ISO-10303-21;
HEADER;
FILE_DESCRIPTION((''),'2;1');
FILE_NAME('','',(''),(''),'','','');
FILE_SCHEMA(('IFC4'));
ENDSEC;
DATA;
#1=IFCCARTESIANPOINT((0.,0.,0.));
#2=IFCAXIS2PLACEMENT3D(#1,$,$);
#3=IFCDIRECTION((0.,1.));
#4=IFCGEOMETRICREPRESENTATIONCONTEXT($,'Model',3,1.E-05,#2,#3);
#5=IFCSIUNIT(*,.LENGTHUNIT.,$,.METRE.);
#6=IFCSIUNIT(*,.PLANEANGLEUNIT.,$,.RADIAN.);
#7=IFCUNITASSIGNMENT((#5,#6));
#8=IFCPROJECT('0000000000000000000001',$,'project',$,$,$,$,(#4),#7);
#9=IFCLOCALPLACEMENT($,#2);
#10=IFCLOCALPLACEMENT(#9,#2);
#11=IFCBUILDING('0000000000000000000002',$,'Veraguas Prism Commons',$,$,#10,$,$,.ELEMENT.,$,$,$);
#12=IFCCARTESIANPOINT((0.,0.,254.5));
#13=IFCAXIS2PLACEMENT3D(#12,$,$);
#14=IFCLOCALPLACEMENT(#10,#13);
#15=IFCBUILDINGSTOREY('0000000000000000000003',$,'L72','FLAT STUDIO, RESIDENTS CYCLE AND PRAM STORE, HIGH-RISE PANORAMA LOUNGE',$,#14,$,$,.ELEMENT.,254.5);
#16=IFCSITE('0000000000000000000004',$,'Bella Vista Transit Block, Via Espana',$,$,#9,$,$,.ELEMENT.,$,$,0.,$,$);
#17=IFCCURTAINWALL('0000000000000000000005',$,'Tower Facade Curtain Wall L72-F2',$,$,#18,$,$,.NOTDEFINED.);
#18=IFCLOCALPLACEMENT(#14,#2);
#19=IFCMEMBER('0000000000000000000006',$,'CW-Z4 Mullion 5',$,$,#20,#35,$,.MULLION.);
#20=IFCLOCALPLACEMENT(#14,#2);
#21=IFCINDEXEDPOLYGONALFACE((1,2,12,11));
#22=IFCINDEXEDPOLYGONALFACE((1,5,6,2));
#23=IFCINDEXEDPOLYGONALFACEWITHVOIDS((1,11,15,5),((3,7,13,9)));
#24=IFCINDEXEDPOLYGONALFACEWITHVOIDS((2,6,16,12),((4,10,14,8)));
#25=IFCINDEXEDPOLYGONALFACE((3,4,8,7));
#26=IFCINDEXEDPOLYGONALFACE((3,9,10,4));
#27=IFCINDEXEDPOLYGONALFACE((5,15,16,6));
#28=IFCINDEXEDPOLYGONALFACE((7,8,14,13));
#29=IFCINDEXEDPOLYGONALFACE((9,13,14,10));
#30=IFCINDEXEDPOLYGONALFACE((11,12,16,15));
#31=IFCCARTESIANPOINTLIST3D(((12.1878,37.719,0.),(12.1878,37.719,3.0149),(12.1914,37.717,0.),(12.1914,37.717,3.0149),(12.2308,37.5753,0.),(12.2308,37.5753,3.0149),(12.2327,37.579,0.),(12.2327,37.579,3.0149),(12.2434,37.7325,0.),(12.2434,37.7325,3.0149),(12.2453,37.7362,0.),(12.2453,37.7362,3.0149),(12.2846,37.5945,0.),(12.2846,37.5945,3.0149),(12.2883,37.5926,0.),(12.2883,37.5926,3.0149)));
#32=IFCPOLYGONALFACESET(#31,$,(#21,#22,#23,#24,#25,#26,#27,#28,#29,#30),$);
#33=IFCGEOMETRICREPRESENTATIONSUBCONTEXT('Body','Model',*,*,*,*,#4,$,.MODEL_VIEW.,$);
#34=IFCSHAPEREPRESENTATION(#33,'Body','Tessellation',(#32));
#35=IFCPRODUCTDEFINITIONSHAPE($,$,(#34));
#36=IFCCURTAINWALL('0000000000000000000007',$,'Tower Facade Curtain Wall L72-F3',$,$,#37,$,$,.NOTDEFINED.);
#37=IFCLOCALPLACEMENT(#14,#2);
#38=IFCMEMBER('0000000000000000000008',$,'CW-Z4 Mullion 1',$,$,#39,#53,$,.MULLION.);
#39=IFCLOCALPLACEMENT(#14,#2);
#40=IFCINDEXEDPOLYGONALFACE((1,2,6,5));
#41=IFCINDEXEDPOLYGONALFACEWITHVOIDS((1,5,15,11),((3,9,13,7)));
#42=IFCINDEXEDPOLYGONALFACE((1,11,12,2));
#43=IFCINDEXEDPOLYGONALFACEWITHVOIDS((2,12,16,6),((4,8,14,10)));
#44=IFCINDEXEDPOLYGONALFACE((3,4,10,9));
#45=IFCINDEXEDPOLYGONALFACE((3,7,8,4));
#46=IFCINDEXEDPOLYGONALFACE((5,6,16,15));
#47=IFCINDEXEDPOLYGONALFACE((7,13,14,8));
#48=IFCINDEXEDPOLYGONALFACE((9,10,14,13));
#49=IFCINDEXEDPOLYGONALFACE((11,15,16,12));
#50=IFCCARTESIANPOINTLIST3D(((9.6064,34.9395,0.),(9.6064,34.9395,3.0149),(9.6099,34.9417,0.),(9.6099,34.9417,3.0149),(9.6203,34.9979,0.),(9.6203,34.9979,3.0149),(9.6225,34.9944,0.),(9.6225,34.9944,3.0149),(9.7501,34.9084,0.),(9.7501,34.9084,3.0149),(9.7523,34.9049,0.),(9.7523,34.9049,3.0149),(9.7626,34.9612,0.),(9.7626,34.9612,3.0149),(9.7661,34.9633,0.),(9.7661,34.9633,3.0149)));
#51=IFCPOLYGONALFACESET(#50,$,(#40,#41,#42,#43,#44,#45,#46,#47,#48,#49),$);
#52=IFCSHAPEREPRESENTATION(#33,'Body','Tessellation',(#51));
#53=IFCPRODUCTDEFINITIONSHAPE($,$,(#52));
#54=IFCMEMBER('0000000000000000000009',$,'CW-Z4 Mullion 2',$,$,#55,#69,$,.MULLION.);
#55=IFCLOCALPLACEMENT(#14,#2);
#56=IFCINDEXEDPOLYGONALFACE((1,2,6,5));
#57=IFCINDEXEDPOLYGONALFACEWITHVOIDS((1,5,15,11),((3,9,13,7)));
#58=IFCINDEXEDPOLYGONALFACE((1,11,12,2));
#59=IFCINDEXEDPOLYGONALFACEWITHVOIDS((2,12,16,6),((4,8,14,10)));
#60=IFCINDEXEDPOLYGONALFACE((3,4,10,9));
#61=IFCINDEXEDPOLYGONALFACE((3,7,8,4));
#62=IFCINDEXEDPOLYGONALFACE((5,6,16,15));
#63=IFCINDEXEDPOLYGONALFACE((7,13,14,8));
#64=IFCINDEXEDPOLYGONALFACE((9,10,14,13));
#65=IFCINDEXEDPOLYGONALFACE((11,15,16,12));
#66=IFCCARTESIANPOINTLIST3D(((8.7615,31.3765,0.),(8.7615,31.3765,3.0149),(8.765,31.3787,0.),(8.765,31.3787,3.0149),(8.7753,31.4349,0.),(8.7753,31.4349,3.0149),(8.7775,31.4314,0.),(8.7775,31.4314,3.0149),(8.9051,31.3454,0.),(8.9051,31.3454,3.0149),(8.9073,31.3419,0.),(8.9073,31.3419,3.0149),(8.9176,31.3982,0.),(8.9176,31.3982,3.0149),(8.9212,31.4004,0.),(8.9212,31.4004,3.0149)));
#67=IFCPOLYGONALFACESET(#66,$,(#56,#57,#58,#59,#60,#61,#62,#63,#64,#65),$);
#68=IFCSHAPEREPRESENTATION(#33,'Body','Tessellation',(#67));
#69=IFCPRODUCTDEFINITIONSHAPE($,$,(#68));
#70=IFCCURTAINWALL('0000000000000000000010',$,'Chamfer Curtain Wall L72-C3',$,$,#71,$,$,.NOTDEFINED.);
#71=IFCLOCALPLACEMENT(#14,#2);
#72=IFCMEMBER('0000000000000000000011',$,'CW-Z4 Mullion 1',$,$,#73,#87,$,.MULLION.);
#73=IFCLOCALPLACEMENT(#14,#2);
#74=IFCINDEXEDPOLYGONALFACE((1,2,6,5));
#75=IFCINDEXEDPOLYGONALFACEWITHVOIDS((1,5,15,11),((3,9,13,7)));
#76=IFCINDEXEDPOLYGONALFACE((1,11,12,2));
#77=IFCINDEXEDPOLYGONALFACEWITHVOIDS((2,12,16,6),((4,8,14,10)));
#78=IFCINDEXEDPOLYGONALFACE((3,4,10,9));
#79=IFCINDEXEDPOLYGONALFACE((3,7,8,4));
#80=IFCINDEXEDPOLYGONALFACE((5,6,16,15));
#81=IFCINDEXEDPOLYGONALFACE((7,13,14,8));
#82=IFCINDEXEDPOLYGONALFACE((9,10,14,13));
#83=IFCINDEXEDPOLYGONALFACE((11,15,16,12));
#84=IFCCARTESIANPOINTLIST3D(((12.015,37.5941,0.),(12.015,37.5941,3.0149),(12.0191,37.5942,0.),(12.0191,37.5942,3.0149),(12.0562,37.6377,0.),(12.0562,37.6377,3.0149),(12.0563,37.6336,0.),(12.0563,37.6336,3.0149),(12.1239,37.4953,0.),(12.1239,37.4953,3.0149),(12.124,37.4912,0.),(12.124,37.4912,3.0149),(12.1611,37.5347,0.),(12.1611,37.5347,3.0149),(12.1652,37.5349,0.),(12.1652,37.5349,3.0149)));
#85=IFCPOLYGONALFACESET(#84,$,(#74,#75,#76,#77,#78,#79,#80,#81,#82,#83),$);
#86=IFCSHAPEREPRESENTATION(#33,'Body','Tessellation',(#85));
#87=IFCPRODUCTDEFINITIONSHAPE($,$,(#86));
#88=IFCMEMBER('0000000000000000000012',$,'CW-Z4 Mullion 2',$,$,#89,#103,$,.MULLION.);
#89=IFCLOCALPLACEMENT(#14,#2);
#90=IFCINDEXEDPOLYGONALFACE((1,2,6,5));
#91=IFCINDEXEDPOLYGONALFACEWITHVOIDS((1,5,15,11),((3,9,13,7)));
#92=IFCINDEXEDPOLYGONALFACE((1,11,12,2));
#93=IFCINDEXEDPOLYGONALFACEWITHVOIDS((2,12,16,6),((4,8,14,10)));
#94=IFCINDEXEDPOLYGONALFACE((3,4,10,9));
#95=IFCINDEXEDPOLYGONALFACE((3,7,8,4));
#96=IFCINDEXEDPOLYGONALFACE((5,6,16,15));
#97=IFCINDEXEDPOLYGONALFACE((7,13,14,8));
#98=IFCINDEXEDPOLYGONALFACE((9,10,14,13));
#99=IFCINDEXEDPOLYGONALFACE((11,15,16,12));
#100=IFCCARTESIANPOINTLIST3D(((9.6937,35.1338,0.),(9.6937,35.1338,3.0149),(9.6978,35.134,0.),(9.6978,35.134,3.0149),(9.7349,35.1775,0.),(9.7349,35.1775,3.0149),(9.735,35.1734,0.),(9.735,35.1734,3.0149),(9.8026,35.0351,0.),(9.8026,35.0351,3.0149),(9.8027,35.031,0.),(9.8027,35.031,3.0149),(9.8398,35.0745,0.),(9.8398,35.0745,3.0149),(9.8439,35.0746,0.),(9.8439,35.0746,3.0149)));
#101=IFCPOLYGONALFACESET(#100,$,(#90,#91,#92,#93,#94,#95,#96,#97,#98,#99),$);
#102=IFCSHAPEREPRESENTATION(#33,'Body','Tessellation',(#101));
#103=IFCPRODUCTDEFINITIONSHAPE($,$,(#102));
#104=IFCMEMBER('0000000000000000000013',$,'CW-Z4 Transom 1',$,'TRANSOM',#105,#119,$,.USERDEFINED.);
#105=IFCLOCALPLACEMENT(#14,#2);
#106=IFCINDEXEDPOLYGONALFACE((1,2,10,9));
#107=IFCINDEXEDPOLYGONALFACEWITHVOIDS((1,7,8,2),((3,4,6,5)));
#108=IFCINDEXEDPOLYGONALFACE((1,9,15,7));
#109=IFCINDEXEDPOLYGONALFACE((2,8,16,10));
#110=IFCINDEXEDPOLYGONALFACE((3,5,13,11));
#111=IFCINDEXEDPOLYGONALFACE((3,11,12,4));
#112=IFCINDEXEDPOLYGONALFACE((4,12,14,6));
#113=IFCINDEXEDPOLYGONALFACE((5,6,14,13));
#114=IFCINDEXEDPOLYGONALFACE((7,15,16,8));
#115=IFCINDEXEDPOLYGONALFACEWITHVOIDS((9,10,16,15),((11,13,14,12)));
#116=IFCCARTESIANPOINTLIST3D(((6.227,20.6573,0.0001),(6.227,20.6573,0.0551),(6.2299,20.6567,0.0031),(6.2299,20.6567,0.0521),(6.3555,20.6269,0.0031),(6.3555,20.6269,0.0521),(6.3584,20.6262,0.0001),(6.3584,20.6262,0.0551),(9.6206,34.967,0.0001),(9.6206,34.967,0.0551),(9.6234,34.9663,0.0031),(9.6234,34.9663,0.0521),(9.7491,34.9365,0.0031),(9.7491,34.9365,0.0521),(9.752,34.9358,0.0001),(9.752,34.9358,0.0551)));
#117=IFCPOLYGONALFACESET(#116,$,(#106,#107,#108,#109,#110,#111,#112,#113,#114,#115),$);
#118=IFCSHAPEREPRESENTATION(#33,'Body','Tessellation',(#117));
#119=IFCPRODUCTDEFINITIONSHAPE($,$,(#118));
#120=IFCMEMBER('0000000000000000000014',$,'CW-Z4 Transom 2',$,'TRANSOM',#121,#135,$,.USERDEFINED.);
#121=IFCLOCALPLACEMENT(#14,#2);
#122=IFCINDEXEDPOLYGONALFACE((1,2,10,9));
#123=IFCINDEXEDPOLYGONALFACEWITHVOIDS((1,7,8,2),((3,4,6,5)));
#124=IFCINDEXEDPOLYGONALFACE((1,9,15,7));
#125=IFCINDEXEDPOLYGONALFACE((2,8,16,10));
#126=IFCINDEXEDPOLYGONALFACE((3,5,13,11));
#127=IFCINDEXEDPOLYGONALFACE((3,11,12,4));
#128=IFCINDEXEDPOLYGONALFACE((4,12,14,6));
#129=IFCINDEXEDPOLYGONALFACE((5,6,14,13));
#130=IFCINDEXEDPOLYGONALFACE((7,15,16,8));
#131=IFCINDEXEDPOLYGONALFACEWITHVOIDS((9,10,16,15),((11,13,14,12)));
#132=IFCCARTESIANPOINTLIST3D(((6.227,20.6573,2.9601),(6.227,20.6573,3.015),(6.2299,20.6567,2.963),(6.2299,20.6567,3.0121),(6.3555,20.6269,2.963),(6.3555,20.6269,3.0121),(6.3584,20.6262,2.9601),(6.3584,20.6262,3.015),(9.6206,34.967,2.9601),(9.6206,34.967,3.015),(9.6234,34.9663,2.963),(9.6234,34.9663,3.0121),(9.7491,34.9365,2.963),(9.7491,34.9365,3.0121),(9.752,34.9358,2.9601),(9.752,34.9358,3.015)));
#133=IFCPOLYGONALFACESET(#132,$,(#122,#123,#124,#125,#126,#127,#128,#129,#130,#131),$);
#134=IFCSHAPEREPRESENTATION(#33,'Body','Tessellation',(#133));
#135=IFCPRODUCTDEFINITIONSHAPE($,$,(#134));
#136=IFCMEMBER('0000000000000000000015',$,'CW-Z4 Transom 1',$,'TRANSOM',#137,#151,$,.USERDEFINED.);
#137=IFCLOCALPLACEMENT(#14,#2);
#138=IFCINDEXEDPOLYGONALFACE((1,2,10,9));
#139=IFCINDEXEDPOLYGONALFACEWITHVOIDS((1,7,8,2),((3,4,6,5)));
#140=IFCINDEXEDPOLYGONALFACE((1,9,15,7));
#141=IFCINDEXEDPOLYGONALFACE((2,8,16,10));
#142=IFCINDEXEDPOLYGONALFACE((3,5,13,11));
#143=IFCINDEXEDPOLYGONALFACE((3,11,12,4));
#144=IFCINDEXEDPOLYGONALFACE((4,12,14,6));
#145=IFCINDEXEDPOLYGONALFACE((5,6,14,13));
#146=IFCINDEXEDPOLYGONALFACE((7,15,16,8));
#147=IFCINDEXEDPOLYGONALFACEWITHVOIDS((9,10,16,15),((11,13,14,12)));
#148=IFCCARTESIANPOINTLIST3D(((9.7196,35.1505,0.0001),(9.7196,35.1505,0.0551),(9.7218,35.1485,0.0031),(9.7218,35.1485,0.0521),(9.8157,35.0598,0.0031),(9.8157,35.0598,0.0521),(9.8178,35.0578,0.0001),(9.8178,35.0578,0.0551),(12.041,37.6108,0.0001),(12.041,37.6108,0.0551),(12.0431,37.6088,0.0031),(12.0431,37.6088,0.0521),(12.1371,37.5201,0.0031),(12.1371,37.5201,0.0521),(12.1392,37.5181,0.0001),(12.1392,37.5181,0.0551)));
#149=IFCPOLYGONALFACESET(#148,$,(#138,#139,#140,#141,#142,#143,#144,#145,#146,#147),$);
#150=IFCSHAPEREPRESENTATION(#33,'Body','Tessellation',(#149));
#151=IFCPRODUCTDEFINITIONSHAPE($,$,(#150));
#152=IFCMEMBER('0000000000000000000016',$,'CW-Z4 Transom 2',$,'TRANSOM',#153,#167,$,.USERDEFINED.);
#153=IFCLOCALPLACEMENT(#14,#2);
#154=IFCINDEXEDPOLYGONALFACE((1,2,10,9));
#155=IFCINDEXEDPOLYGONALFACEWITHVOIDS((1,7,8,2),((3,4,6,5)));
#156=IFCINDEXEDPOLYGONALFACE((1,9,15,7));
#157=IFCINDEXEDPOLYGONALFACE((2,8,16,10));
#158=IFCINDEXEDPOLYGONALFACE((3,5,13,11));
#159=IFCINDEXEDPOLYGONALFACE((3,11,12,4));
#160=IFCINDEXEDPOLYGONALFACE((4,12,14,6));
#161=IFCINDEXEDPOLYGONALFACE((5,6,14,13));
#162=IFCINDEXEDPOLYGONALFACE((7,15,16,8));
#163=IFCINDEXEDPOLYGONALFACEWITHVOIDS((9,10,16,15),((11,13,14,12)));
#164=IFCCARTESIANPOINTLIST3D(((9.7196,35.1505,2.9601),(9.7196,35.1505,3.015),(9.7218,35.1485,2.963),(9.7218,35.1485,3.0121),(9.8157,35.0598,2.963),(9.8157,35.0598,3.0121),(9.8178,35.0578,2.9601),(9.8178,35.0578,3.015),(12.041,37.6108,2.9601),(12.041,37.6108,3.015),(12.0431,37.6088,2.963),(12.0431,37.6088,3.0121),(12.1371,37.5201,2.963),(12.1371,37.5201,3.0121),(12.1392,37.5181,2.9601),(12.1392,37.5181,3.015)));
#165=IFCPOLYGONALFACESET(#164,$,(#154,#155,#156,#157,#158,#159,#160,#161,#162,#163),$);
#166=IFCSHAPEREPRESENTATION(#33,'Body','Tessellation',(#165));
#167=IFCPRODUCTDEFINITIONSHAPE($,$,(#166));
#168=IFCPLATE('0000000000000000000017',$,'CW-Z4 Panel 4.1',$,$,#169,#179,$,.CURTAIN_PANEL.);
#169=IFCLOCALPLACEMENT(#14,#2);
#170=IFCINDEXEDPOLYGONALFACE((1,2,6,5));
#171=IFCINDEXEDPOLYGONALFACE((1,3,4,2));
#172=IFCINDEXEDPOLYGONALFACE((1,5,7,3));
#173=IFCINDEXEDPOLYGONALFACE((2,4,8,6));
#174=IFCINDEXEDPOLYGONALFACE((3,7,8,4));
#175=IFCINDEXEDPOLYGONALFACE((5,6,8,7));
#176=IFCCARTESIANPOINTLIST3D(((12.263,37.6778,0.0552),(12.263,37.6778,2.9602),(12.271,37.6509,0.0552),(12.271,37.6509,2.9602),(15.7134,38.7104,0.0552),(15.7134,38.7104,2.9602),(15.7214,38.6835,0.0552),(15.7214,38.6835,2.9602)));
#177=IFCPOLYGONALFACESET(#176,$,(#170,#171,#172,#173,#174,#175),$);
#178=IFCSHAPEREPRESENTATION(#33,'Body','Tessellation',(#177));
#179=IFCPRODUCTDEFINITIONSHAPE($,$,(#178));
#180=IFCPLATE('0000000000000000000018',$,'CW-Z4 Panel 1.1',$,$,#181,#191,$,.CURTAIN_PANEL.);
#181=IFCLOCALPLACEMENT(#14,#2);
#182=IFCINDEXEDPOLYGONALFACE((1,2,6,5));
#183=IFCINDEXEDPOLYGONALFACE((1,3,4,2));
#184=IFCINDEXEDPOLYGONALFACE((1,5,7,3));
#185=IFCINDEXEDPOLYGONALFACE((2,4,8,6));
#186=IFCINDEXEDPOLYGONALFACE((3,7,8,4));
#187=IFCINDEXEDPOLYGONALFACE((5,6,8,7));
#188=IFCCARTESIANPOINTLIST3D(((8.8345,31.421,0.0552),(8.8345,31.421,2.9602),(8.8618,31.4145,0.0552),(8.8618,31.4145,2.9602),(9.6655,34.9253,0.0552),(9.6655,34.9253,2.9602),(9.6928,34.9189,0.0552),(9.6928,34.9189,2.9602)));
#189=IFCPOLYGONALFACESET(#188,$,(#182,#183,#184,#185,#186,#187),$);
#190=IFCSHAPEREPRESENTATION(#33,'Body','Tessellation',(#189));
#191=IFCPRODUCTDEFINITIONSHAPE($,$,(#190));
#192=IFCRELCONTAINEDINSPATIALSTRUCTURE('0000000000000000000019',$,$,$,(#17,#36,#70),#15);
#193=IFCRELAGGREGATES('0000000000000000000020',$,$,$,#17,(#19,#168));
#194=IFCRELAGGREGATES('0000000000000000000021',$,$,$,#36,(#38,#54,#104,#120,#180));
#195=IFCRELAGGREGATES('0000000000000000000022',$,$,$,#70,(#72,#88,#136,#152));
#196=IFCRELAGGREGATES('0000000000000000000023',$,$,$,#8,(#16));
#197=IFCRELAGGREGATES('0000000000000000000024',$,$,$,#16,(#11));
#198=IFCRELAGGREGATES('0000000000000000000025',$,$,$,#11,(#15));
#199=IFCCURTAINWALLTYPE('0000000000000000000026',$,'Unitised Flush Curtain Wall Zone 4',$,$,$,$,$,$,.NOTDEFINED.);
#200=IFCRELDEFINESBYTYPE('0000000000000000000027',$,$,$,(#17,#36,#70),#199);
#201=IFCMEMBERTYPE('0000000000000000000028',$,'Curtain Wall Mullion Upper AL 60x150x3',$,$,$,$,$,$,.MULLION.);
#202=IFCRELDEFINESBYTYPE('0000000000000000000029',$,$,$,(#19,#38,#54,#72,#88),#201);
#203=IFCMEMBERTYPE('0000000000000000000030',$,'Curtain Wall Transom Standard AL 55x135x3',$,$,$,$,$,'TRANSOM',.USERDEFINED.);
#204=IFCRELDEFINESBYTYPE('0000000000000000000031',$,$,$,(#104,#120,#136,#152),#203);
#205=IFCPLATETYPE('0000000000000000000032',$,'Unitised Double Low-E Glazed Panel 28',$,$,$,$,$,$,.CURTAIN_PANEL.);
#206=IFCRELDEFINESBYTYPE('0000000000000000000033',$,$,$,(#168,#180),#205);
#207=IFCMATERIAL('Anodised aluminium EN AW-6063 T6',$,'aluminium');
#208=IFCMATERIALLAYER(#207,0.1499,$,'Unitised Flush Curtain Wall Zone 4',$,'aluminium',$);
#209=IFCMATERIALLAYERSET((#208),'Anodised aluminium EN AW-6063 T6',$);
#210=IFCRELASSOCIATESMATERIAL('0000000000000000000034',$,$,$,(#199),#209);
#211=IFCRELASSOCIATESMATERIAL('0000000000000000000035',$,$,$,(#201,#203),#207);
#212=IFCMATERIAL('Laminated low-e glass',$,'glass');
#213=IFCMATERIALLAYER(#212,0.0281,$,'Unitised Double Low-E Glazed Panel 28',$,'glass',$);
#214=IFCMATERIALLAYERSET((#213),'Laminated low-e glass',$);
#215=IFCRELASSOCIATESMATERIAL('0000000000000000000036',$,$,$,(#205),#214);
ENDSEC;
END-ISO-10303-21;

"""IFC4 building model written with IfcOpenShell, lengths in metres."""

from ifc_helpers import new_model, si_unit, direction, frame, origin, origin_2d, place, context, subcontext, project, spatial, rectangle, hollow_rectangle, extrude, source, transform, mapped, material, layer, layer_set, material_profile, profile_set, type_object, element, aggregate, save


model = new_model("IFC4")

# Units and contexts
model_context = context("Model", 3, precision=1e-05, world=origin(), true_north=direction((0.0, 1.0)))
body_context = subcontext(model_context, "Body", "Model", "MODEL_VIEW")
ifc_project = project(units=[si_unit("LENGTHUNIT", "METRE"), si_unit("PLANEANGLEUNIT", "RADIAN")], contexts=[model_context])

# Site, building, storey
site_placement = place(None, origin())
site = spatial("IfcSite", under=ifc_project, at=site_placement, Name="Bella Vista Transit Block, Via Espana", CompositionType="ELEMENT", RefElevation=0.0)
building_placement = place(site_placement, origin())
building = spatial("IfcBuilding", under=site, at=building_placement, Name="Veraguas Prism Commons", CompositionType="ELEMENT")
storey_placement = place(building_placement, frame((0.0, 0.0, 254.5)))
storey = spatial("IfcBuildingStorey", under=building, at=storey_placement, Name="L72", Description="FLAT STUDIO, RESIDENTS CYCLE AND PRAM STORE, HIGH-RISE PANORAMA LOUNGE", CompositionType="ELEMENT", Elevation=254.5)

# Curtain wall, member
ifc_material_1 = material(Name="Anodised aluminium EN AW-6063 T6", Category="aluminium")
ifc_layer_1 = layer(ifc_material_1, 0.1499, Name="Unitised Flush Curtain Wall Zone 4", Category="aluminium")
ifc_layer_set_1 = layer_set([ifc_layer_1], Name="Anodised aluminium EN AW-6063 T6")
curtain_wall_type = type_object("IfcCurtainWallType", Name="Unitised Flush Curtain Wall Zone 4", PredefinedType="NOTDEFINED", material=ifc_layer_set_1)
curtain_wall_1_placement = place(storey_placement, origin())
curtain_wall_1 = element("IfcCurtainWall", 1, at=curtain_wall_1_placement, inside=storey, type_object=curtain_wall_type, Name="Tower Facade Curtain Wall L72-F2", PredefinedType="NOTDEFINED")
ifc_material_profile_1 = material_profile(ifc_material_1, hollow_rectangle(XDim=0.0601, YDim=0.1499, WallThickness=0.0029, at=origin_2d()), Name="AL60X150X3")
ifc_profile_set_1 = profile_set([ifc_material_profile_1], Name="Anodised aluminium EN AW-6063 T6")
member_type_1 = type_object("IfcMemberType", Name="Curtain Wall Mullion Upper AL 60x150x3", PredefinedType="MULLION", material=ifc_profile_set_1)
shared_shape_1 = source(origin(), body_context, "Body", "SweptSolid", [
    extrude(hollow_rectangle(XDim=0.0601, YDim=0.1499, WallThickness=0.0029, at=origin_2d()), origin(), (0.0, 0.0, 1.0), 3.0149),
])
member_1_placement = place(storey_placement, frame((12.238, 37.6558, 0.0), z_axis=(0.0, 0.0, 1.0), x_axis=(-0.958023, -0.286692, 0.0)))
member_1 = element("IfcMember", 2, at=member_1_placement, type_object=member_type_1, Name="CW-Z4 Mullion 5", PredefinedType="MULLION", context=body_context, shape_type="MappedRepresentation", body=[
    mapped(shared_shape_1, transform((0.0, 0.0, 0.0), scale=1.0)),
])

# Curtain walls, members
curtain_wall_2_placement = place(storey_placement, origin())
curtain_wall_2 = element("IfcCurtainWall", 3, at=curtain_wall_2_placement, inside=storey, type_object=curtain_wall_type, Name="Tower Facade Curtain Wall L72-F3", PredefinedType="NOTDEFINED")
member_2_placement = place(storey_placement, frame((9.6863, 34.9514, 0.0), z_axis=(0.0, 0.0, 1.0), x_axis=(-0.230741, -0.973015, 0.0)))
member_2 = element("IfcMember", 4, at=member_2_placement, type_object=member_type_1, Name="CW-Z4 Mullion 1", PredefinedType="MULLION", context=body_context, shape_type="MappedRepresentation", body=[
    mapped(shared_shape_1, transform((0.0, 0.0, 0.0), scale=1.0)),
])
member_3_placement = place(storey_placement, frame((8.8413, 31.3884, 0.0), z_axis=(0.0, 0.0, 1.0), x_axis=(-0.230741, -0.973015, 0.0)))
member_3 = element("IfcMember", 5, at=member_3_placement, type_object=member_type_1, Name="CW-Z4 Mullion 2", PredefinedType="MULLION", context=body_context, shape_type="MappedRepresentation", body=[
    mapped(shared_shape_1, transform((0.0, 0.0, 0.0), scale=1.0)),
])
curtain_wall_3_placement = place(storey_placement, origin())
curtain_wall_3 = element("IfcCurtainWall", 6, at=curtain_wall_3_placement, inside=storey, type_object=curtain_wall_type, Name="Chamfer Curtain Wall L72-C3", PredefinedType="NOTDEFINED")
member_4_placement = place(storey_placement, frame((12.0901, 37.5645, 0.0), z_axis=(0.0, 0.0, 1.0), x_axis=(-0.686301, -0.727318, 0.0)))
member_4 = element("IfcMember", 7, at=member_4_placement, type_object=member_type_1, Name="CW-Z4 Mullion 1", PredefinedType="MULLION", context=body_context, shape_type="MappedRepresentation", body=[
    mapped(shared_shape_1, transform((0.0, 0.0, 0.0), scale=1.0)),
])
member_5_placement = place(storey_placement, frame((9.7688, 35.1042, 0.0), z_axis=(0.0, 0.0, 1.0), x_axis=(-0.686301, -0.727318, 0.0)))
member_5 = element("IfcMember", 8, at=member_5_placement, type_object=member_type_1, Name="CW-Z4 Mullion 2", PredefinedType="MULLION", context=body_context, shape_type="MappedRepresentation", body=[
    mapped(shared_shape_1, transform((0.0, 0.0, 0.0), scale=1.0)),
])

# Members
ifc_material_profile_2 = material_profile(ifc_material_1, hollow_rectangle(XDim=0.0549, YDim=0.135, WallThickness=0.0029, at=origin_2d()), Name="AL55X135X3")
ifc_profile_set_2 = profile_set([ifc_material_profile_2], Name="Anodised aluminium EN AW-6063 T6")
member_type_2 = type_object("IfcMemberType", Name="Curtain Wall Transom Standard AL 55x135x3", ElementType="TRANSOM", PredefinedType="USERDEFINED", material=ifc_profile_set_2)
shared_shape_2 = source(origin(), body_context, "Body", "SweptSolid", [
    extrude(hollow_rectangle(XDim=0.0549, YDim=0.135, WallThickness=0.0029, at=origin_2d()), origin(), (0.0, 0.0, 1.0), 14.7065),
])
member_6_placement = place(storey_placement, frame((9.6863, 34.9514, 0.0276), z_axis=(-0.230753, -0.973012, 0.0), x_axis=(0.0, 0.0, 1.0)))
member_6 = element("IfcMember", 9, at=member_6_placement, type_object=member_type_2, Name="CW-Z4 Transom 1", ObjectType="TRANSOM", PredefinedType="USERDEFINED", context=body_context, shape_type="MappedRepresentation", body=[
    mapped(shared_shape_2, transform((0.0, 0.0, 0.0), scale=1.0)),
])
member_7_placement = place(storey_placement, frame((9.6863, 34.9514, 2.9875), z_axis=(-0.230753, -0.973012, 0.0), x_axis=(0.0, 0.0, 1.0)))
member_7 = element("IfcMember", 10, at=member_7_placement, type_object=member_type_2, Name="CW-Z4 Transom 2", ObjectType="TRANSOM", PredefinedType="USERDEFINED", context=body_context, shape_type="MappedRepresentation", body=[
    mapped(shared_shape_2, transform((0.0, 0.0, 0.0), scale=1.0)),
])
shared_shape_3 = source(origin(), body_context, "Body", "SweptSolid", [
    extrude(hollow_rectangle(XDim=0.0549, YDim=0.135, WallThickness=0.0029, at=origin_2d()), origin(), (0.0, 0.0, 1.0), 3.3826),
])
member_8_placement = place(storey_placement, frame((12.0901, 37.5645, 0.0276), z_axis=(-0.686274, -0.727343, 0.0), x_axis=(0.0, 0.0, 1.0)))
member_8 = element("IfcMember", 11, at=member_8_placement, type_object=member_type_2, Name="CW-Z4 Transom 1", ObjectType="TRANSOM", PredefinedType="USERDEFINED", context=body_context, shape_type="MappedRepresentation", body=[
    mapped(shared_shape_3, transform((0.0, 0.0, 0.0), scale=1.0)),
])
member_9_placement = place(storey_placement, frame((12.0901, 37.5645, 2.9875), z_axis=(-0.686274, -0.727343, 0.0), x_axis=(0.0, 0.0, 1.0)))
member_9 = element("IfcMember", 12, at=member_9_placement, type_object=member_type_2, Name="CW-Z4 Transom 2", ObjectType="TRANSOM", PredefinedType="USERDEFINED", context=body_context, shape_type="MappedRepresentation", body=[
    mapped(shared_shape_3, transform((0.0, 0.0, 0.0), scale=1.0)),
])

# Plates
ifc_material_2 = material(Name="Laminated low-e glass", Category="glass")
ifc_layer_2 = layer(ifc_material_2, 0.0281, Name="Unitised Double Low-E Glazed Panel 28", Category="glass")
ifc_layer_set_2 = layer_set([ifc_layer_2], Name="Laminated low-e glass")
plate_type = type_object("IfcPlateType", Name="Unitised Double Low-E Glazed Panel 28", PredefinedType="CURTAIN_PANEL", material=ifc_layer_set_2)
shared_shape_4 = source(origin(), body_context, "Body", "SweptSolid", [
    extrude(rectangle(XDim=3.6016, YDim=0.0281, at=origin_2d()), origin(), (0.0, 0.0, 1.0), 2.905),
])
plate_1_placement = place(storey_placement, frame((13.9922, 38.1807, 0.0552), z_axis=(0.0, 0.0, 1.0), x_axis=(-0.958023, -0.286692, 0.0)))
plate_1 = element("IfcPlate", 13, at=plate_1_placement, type_object=plate_type, Name="CW-Z4 Panel 4.1", PredefinedType="CURTAIN_PANEL", context=body_context, shape_type="MappedRepresentation", body=[
    mapped(shared_shape_4, transform((0.0, 0.0, 0.0), scale=1.0)),
])
aggregate(curtain_wall_1, [member_1, plate_1])
plate_2_placement = place(storey_placement, frame((9.2637, 33.1699, 0.0552), z_axis=(0.0, 0.0, 1.0), x_axis=(-0.230741, -0.973015, 0.0)))
plate_2 = element("IfcPlate", 14, at=plate_2_placement, type_object=plate_type, Name="CW-Z4 Panel 1.1", PredefinedType="CURTAIN_PANEL", context=body_context, shape_type="MappedRepresentation", body=[
    mapped(shared_shape_4, transform((0.0, 0.0, 0.0), scale=1.0)),
])
aggregate(curtain_wall_2, [member_2, member_3, member_6, member_7, plate_2])
aggregate(curtain_wall_3, [member_4, member_5, member_8, member_9])

save(model, "model.ifc")
